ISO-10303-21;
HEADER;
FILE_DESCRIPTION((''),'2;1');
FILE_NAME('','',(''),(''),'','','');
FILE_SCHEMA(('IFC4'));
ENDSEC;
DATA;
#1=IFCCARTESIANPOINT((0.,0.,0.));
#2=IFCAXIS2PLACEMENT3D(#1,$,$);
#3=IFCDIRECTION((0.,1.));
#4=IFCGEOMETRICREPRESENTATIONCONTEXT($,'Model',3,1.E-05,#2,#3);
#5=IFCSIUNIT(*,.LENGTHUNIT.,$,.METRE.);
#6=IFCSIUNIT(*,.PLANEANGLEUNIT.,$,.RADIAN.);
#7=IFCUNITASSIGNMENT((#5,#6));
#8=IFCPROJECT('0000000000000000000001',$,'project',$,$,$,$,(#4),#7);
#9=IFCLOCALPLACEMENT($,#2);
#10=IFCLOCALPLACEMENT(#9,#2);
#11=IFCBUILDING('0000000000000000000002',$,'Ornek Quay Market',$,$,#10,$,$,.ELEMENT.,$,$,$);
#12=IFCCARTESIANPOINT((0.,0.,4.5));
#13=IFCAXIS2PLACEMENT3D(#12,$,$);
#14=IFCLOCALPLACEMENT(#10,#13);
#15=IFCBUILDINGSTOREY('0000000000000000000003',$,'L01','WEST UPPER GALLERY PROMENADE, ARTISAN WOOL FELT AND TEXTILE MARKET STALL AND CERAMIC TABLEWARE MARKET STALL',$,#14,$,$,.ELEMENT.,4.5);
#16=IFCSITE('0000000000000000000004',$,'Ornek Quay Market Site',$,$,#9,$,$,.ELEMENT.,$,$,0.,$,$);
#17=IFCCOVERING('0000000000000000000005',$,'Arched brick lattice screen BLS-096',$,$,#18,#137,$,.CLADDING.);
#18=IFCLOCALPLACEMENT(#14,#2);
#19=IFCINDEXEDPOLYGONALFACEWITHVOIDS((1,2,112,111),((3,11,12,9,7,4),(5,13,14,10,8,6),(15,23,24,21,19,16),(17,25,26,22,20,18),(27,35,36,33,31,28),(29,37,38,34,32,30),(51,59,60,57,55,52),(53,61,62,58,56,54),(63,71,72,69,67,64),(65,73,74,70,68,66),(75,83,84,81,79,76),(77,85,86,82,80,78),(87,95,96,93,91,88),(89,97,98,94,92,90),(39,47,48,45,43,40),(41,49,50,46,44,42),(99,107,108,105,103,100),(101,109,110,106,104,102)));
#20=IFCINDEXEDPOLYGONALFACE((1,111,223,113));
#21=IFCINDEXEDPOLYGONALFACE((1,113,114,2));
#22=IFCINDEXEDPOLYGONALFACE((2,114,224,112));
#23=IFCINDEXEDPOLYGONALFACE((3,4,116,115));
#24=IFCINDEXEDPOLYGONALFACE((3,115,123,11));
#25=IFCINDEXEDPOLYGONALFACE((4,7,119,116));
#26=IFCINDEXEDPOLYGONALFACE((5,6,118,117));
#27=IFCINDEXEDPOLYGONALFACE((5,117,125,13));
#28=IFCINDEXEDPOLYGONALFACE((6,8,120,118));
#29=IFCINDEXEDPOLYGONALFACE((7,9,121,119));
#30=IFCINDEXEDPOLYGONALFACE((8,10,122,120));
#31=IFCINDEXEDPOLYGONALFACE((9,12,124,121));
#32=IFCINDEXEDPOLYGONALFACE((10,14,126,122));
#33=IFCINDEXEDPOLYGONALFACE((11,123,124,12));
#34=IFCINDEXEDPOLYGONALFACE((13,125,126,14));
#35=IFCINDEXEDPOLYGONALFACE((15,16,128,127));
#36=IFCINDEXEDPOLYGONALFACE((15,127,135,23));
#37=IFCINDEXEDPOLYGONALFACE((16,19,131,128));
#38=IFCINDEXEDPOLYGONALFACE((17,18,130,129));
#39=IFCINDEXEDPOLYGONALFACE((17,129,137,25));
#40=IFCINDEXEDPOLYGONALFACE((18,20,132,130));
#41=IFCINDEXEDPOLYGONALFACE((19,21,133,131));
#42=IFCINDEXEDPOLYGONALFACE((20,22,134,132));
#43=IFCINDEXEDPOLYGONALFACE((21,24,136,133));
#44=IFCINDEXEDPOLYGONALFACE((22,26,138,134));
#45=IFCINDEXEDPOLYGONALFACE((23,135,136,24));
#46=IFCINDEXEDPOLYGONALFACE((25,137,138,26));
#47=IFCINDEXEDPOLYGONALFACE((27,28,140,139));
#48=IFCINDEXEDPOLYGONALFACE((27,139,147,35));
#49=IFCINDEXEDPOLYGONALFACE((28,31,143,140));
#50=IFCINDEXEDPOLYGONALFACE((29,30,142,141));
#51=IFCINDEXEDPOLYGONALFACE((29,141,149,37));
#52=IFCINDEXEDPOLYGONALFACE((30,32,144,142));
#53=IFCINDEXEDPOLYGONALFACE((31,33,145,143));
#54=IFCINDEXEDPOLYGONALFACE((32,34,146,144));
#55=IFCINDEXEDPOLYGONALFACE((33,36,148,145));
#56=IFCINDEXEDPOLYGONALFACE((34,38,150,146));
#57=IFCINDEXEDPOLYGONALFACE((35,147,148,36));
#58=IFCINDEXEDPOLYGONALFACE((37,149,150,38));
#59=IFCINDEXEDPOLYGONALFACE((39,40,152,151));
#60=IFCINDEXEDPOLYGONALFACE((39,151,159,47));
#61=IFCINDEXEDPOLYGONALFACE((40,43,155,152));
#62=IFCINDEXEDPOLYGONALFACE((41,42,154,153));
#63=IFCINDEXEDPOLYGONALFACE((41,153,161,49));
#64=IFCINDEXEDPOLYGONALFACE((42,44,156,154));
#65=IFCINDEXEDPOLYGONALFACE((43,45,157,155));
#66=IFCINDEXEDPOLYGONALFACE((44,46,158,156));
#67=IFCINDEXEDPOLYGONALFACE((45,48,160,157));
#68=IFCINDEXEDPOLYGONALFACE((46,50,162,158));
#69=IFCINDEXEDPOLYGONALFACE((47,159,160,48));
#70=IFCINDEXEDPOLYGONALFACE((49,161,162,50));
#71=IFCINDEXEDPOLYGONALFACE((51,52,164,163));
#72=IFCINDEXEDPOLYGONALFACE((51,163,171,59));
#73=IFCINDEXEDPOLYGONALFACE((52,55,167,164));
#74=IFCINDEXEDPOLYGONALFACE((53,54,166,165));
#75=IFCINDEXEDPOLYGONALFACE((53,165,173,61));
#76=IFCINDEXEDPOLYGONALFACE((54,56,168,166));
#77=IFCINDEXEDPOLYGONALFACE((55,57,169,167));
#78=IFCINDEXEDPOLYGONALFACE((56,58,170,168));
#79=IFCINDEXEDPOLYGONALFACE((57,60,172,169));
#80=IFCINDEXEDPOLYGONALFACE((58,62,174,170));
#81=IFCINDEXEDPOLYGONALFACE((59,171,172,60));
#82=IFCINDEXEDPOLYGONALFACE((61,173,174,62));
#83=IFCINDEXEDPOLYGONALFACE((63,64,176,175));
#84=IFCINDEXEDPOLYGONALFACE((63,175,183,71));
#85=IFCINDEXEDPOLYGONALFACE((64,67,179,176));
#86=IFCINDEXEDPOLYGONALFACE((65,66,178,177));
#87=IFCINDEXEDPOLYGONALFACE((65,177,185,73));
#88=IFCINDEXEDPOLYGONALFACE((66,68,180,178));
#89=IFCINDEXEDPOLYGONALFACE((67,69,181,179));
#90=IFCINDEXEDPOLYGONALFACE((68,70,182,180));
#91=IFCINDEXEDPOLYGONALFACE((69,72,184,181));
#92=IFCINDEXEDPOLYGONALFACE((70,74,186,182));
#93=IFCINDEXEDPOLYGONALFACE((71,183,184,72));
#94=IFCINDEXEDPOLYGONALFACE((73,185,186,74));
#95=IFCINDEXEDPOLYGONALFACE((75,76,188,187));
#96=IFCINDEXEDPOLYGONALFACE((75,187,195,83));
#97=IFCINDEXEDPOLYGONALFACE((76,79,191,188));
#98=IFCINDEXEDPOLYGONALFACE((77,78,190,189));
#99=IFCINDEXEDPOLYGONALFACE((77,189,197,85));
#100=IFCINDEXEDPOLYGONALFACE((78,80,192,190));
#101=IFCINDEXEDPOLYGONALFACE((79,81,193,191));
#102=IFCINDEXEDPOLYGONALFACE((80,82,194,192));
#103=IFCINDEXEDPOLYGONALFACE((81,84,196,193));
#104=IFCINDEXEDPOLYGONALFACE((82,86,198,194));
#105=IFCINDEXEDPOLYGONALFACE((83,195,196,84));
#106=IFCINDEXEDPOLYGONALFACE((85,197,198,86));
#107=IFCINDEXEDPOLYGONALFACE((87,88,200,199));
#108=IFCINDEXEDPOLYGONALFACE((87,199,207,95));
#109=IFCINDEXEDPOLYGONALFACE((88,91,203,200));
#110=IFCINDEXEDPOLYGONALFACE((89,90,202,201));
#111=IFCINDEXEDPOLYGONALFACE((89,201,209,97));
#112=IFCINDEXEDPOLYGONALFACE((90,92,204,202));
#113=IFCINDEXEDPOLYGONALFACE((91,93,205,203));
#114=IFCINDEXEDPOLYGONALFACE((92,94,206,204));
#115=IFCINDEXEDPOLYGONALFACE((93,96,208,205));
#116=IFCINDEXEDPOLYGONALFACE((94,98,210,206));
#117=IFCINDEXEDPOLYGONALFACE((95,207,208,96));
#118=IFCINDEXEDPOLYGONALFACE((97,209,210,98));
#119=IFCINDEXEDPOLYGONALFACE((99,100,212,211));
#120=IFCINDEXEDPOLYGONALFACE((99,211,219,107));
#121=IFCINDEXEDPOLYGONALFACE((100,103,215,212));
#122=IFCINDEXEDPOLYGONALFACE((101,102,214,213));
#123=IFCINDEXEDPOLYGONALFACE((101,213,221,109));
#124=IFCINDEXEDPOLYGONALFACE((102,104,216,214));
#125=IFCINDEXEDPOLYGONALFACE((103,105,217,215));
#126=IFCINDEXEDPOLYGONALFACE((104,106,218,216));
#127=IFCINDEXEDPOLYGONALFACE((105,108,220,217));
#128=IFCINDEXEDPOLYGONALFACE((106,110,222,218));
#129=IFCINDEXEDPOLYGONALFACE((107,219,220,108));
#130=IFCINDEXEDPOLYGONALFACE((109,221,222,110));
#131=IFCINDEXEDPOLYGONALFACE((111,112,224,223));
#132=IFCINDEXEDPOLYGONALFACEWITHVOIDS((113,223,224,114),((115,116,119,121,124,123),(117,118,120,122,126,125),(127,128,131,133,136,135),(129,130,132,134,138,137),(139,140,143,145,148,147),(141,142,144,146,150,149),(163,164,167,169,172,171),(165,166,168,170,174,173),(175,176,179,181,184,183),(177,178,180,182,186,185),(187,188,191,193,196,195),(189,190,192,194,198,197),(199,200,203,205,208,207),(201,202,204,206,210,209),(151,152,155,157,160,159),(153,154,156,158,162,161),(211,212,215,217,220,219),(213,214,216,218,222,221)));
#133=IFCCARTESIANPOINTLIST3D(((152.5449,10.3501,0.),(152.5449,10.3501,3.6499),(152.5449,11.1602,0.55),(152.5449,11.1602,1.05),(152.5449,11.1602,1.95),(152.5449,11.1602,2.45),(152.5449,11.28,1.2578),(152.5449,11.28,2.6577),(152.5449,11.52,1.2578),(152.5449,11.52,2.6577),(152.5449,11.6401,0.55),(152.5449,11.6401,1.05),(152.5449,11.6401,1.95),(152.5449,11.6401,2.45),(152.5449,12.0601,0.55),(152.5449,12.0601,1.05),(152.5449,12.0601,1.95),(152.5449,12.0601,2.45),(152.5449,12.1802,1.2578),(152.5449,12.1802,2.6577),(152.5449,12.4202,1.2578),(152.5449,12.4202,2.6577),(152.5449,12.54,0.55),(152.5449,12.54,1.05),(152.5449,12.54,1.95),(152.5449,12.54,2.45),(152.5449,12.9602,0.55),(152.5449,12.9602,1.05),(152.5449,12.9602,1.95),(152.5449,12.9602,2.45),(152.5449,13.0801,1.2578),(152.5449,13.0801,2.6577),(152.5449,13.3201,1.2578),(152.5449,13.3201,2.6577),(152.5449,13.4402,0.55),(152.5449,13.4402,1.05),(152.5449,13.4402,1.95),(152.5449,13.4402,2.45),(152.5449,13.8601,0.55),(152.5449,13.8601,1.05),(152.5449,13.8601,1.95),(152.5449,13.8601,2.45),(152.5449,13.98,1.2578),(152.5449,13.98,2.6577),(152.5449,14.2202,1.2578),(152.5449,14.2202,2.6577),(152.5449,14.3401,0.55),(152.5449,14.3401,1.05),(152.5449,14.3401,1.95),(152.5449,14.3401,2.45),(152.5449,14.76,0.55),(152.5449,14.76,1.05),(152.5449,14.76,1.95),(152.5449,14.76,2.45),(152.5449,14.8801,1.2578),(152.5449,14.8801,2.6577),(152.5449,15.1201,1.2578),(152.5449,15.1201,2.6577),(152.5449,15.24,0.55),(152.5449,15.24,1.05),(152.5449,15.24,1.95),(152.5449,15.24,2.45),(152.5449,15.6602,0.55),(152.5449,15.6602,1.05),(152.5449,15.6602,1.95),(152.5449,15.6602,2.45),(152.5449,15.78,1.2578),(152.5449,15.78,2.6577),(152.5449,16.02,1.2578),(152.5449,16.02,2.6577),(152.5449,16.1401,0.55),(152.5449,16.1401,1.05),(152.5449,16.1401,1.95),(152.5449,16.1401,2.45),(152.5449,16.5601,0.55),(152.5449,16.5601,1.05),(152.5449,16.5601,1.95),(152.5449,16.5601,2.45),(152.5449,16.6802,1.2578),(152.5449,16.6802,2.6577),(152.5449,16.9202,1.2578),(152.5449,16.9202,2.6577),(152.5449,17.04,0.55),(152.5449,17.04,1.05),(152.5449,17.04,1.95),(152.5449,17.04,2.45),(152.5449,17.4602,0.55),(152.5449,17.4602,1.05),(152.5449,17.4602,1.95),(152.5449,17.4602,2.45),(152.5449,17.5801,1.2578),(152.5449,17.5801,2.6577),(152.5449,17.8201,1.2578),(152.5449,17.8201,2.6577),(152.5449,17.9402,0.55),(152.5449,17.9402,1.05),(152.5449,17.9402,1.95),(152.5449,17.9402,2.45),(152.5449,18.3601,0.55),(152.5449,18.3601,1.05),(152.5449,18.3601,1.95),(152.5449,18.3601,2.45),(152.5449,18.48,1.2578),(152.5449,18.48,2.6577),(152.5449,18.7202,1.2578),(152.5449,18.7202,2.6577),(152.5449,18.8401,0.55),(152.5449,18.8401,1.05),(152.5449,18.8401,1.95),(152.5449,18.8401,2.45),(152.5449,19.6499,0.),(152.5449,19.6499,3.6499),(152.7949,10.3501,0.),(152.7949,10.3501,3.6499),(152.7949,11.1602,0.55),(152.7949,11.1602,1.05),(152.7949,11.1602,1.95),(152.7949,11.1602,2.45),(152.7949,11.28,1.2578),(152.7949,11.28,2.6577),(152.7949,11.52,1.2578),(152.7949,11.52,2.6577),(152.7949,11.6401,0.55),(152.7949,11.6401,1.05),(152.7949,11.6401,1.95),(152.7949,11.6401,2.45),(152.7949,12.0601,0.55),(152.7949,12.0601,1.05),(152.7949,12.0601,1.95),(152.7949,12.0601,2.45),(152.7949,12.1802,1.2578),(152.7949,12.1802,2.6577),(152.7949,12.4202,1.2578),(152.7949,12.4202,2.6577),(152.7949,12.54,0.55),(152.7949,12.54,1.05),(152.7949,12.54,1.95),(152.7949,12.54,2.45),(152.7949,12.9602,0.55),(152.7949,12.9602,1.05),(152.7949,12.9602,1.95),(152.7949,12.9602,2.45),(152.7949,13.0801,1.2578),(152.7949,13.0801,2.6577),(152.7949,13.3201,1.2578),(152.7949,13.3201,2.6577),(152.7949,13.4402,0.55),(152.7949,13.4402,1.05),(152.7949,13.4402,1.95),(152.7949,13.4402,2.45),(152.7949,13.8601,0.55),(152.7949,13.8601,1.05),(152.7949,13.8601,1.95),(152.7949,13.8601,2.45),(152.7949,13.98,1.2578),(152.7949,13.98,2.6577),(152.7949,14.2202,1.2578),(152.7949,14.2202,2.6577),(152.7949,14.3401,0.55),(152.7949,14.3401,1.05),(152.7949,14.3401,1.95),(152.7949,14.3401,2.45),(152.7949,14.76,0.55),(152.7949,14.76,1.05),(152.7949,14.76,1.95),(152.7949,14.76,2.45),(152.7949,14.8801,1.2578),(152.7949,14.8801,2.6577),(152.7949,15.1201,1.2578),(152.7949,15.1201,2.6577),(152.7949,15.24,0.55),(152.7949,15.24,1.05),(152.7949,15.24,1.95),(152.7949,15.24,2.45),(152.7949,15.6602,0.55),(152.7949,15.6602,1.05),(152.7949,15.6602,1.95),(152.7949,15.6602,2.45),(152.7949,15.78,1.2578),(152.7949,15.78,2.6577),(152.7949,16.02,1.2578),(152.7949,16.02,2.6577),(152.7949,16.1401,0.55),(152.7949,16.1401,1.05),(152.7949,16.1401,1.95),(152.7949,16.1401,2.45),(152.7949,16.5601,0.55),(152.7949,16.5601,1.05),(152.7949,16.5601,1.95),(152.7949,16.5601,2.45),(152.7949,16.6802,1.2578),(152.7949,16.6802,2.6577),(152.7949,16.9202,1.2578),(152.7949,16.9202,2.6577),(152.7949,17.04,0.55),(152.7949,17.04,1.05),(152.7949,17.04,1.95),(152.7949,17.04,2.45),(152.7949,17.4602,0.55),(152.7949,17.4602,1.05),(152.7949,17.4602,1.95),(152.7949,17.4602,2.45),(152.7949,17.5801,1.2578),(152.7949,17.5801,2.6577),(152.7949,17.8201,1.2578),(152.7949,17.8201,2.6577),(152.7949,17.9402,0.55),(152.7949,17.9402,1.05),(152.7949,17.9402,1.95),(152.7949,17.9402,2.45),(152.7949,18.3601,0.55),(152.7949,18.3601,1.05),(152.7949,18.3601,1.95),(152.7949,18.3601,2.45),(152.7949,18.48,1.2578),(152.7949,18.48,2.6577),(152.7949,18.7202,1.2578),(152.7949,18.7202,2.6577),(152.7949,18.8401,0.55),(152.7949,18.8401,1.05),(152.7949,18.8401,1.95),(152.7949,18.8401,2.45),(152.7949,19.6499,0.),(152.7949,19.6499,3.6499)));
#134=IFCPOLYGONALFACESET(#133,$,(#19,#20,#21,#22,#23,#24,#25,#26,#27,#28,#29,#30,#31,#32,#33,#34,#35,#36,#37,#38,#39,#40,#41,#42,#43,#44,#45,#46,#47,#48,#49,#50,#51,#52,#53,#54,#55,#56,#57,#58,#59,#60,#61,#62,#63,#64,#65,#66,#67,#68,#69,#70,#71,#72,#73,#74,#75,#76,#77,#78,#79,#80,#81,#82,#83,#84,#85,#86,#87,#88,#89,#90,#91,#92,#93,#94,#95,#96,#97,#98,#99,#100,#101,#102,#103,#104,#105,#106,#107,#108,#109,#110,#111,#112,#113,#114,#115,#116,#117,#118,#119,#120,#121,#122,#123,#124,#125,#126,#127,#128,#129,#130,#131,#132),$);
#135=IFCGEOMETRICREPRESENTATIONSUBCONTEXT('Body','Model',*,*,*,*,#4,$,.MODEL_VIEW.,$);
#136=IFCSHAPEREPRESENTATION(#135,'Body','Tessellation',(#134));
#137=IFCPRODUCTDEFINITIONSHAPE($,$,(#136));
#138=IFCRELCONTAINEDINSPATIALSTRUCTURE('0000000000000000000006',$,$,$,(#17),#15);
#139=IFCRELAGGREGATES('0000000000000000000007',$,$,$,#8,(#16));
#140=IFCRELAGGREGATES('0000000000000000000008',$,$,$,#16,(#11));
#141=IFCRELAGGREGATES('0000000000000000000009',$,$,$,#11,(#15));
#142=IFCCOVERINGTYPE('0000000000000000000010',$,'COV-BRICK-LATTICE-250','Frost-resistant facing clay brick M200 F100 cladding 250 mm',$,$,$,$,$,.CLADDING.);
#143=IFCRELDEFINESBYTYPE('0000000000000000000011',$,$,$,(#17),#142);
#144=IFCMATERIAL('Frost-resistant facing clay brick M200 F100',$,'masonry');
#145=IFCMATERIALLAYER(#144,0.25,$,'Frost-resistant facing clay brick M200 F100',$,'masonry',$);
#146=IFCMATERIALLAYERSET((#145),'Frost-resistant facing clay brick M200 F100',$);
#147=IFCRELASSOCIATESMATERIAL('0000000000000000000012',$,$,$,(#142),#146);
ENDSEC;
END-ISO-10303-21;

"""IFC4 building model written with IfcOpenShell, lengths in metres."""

from ifc_helpers import new_model, si_unit, direction, frame, origin, place, context, subcontext, project, spatial, polyline, outline, extrude, material, layer, layer_set, type_object, element, save


model = new_model("IFC4")

# Units and contexts
model_context = context("Model", 3, precision=1e-05, world=origin(), true_north=direction((0.0, 1.0)))
body_context = subcontext(model_context, "Body", "Model", "MODEL_VIEW")
ifc_project = project(units=[si_unit("LENGTHUNIT", "METRE"), si_unit("PLANEANGLEUNIT", "RADIAN")], contexts=[model_context])

# Site, building, storey
site_placement = place(None, origin())
site = spatial("IfcSite", under=ifc_project, at=site_placement, Name="Ornek Quay Market Site", CompositionType="ELEMENT", RefElevation=0.0)
building_placement = place(site_placement, origin())
building = spatial("IfcBuilding", under=site, at=building_placement, Name="Ornek Quay Market", CompositionType="ELEMENT")
storey_placement = place(building_placement, frame((0.0, 0.0, 4.5)))
storey = spatial("IfcBuildingStorey", under=building, at=storey_placement, Name="L01", Description="WEST UPPER GALLERY PROMENADE, ARTISAN WOOL FELT AND TEXTILE MARKET STALL AND CERAMIC TABLEWARE MARKET STALL", CompositionType="ELEMENT", Elevation=4.5)

# Shared definitions
ifc_material_1 = material(Name="Frost-resistant facing clay brick M200 F100", Category="masonry")

# Covering
ifc_layer_1 = layer(ifc_material_1, 0.25, Name="Frost-resistant facing clay brick M200 F100", Category="masonry")
ifc_layer_set_1 = layer_set([ifc_layer_1], Name="Frost-resistant facing clay brick M200 F100")
covering_type = type_object("IfcCoveringType", Name="COV-BRICK-LATTICE-250", Description="Frost-resistant facing clay brick M200 F100 cladding 250 mm", PredefinedType="CLADDING", material=ifc_layer_set_1)
covering_1_placement = place(storey_placement, frame((152.6699, 10.3501, 0.0), z_axis=(0.0, 0.0, 1.0), x_axis=(0.0, 1.0, 0.0)))
element("IfcCovering", 1, at=covering_1_placement, inside=storey, type_object=covering_type, Name="Arched brick lattice screen BLS-096", PredefinedType="CLADDING", context=body_context, shape_type="SweptSolid", body=[
    extrude(outline(polyline([(0.0, 0.0), (9.2998, 0.0), (9.2998, 3.6499), (0.0, 3.6499), (0.0, 0.0)]), holes=[polyline([(0.8101, 0.55), (1.29, 0.55), (1.29, 1.05), (1.1699, 1.2578), (0.9299, 1.2578), (0.8101, 1.05), (0.8101, 0.55)]), polyline([(0.8101, 1.95), (1.29, 1.95), (1.29, 2.45), (1.1699, 2.6577), (0.9299, 2.6577), (0.8101, 2.45), (0.8101, 1.95)]), polyline([(1.71, 0.55), (2.1899, 0.55), (2.1899, 1.05), (2.0701, 1.2578), (1.8301, 1.2578), (1.71, 1.05), (1.71, 0.55)]), polyline([(1.71, 1.95), (2.1899, 1.95), (2.1899, 2.45), (2.0701, 2.6577), (1.8301, 2.6577), (1.71, 2.45), (1.71, 1.95)]), polyline([(2.6101, 0.55), (3.0901, 0.55), (3.0901, 1.05), (2.97, 1.2578), (2.73, 1.2578), (2.6101, 1.05), (2.6101, 0.55)]), polyline([(2.6101, 1.95), (3.0901, 1.95), (3.0901, 2.45), (2.97, 2.6577), (2.73, 2.6577), (2.6101, 2.45), (2.6101, 1.95)]), polyline([(3.51, 0.55), (3.99, 0.55), (3.99, 1.05), (3.8701, 1.2578), (3.6299, 1.2578), (3.51, 1.05), (3.51, 0.55)]), polyline([(3.51, 1.95), (3.99, 1.95), (3.99, 2.45), (3.8701, 2.6577), (3.6299, 2.6577), (3.51, 2.45), (3.51, 1.95)]), polyline([(4.4099, 0.55), (4.8899, 0.55), (4.8899, 1.05), (4.77, 1.2578), (4.53, 1.2578), (4.4099, 1.05), (4.4099, 0.55)]), polyline([(4.4099, 1.95), (4.8899, 1.95), (4.8899, 2.45), (4.77, 2.6577), (4.53, 2.6577), (4.4099, 2.45), (4.4099, 1.95)]), polyline([(5.3101, 0.55), (5.79, 0.55), (5.79, 1.05), (5.6699, 1.2578), (5.4299, 1.2578), (5.3101, 1.05), (5.3101, 0.55)]), polyline([(5.3101, 1.95), (5.79, 1.95), (5.79, 2.45), (5.6699, 2.6577), (5.4299, 2.6577), (5.3101, 2.45), (5.3101, 1.95)]), polyline([(6.21, 0.55), (6.6899, 0.55), (6.6899, 1.05), (6.5701, 1.2578), (6.3301, 1.2578), (6.21, 1.05), (6.21, 0.55)]), polyline([(6.21, 1.95), (6.6899, 1.95), (6.6899, 2.45), (6.5701, 2.6577), (6.3301, 2.6577), (6.21, 2.45), (6.21, 1.95)]), polyline([(7.1101, 0.55), (7.5901, 0.55), (7.5901, 1.05), (7.47, 1.2578), (7.23, 1.2578), (7.1101, 1.05), (7.1101, 0.55)]), polyline([(7.1101, 1.95), (7.5901, 1.95), (7.5901, 2.45), (7.47, 2.6577), (7.23, 2.6577), (7.1101, 2.45), (7.1101, 1.95)]), polyline([(8.01, 0.55), (8.49, 0.55), (8.49, 1.05), (8.3701, 1.2578), (8.1299, 1.2578), (8.01, 1.05), (8.01, 0.55)]), polyline([(8.01, 1.95), (8.49, 1.95), (8.49, 2.45), (8.3701, 2.6577), (8.1299, 2.6577), (8.01, 2.45), (8.01, 1.95)])]), frame((0.0, 0.125, 0.0), z_axis=(0.0, -1.0, 0.0), x_axis=(1.0, 0.0, 0.0)), (0.0, 0.0, 1.0), 0.25),
])

save(model, "model.ifc")
